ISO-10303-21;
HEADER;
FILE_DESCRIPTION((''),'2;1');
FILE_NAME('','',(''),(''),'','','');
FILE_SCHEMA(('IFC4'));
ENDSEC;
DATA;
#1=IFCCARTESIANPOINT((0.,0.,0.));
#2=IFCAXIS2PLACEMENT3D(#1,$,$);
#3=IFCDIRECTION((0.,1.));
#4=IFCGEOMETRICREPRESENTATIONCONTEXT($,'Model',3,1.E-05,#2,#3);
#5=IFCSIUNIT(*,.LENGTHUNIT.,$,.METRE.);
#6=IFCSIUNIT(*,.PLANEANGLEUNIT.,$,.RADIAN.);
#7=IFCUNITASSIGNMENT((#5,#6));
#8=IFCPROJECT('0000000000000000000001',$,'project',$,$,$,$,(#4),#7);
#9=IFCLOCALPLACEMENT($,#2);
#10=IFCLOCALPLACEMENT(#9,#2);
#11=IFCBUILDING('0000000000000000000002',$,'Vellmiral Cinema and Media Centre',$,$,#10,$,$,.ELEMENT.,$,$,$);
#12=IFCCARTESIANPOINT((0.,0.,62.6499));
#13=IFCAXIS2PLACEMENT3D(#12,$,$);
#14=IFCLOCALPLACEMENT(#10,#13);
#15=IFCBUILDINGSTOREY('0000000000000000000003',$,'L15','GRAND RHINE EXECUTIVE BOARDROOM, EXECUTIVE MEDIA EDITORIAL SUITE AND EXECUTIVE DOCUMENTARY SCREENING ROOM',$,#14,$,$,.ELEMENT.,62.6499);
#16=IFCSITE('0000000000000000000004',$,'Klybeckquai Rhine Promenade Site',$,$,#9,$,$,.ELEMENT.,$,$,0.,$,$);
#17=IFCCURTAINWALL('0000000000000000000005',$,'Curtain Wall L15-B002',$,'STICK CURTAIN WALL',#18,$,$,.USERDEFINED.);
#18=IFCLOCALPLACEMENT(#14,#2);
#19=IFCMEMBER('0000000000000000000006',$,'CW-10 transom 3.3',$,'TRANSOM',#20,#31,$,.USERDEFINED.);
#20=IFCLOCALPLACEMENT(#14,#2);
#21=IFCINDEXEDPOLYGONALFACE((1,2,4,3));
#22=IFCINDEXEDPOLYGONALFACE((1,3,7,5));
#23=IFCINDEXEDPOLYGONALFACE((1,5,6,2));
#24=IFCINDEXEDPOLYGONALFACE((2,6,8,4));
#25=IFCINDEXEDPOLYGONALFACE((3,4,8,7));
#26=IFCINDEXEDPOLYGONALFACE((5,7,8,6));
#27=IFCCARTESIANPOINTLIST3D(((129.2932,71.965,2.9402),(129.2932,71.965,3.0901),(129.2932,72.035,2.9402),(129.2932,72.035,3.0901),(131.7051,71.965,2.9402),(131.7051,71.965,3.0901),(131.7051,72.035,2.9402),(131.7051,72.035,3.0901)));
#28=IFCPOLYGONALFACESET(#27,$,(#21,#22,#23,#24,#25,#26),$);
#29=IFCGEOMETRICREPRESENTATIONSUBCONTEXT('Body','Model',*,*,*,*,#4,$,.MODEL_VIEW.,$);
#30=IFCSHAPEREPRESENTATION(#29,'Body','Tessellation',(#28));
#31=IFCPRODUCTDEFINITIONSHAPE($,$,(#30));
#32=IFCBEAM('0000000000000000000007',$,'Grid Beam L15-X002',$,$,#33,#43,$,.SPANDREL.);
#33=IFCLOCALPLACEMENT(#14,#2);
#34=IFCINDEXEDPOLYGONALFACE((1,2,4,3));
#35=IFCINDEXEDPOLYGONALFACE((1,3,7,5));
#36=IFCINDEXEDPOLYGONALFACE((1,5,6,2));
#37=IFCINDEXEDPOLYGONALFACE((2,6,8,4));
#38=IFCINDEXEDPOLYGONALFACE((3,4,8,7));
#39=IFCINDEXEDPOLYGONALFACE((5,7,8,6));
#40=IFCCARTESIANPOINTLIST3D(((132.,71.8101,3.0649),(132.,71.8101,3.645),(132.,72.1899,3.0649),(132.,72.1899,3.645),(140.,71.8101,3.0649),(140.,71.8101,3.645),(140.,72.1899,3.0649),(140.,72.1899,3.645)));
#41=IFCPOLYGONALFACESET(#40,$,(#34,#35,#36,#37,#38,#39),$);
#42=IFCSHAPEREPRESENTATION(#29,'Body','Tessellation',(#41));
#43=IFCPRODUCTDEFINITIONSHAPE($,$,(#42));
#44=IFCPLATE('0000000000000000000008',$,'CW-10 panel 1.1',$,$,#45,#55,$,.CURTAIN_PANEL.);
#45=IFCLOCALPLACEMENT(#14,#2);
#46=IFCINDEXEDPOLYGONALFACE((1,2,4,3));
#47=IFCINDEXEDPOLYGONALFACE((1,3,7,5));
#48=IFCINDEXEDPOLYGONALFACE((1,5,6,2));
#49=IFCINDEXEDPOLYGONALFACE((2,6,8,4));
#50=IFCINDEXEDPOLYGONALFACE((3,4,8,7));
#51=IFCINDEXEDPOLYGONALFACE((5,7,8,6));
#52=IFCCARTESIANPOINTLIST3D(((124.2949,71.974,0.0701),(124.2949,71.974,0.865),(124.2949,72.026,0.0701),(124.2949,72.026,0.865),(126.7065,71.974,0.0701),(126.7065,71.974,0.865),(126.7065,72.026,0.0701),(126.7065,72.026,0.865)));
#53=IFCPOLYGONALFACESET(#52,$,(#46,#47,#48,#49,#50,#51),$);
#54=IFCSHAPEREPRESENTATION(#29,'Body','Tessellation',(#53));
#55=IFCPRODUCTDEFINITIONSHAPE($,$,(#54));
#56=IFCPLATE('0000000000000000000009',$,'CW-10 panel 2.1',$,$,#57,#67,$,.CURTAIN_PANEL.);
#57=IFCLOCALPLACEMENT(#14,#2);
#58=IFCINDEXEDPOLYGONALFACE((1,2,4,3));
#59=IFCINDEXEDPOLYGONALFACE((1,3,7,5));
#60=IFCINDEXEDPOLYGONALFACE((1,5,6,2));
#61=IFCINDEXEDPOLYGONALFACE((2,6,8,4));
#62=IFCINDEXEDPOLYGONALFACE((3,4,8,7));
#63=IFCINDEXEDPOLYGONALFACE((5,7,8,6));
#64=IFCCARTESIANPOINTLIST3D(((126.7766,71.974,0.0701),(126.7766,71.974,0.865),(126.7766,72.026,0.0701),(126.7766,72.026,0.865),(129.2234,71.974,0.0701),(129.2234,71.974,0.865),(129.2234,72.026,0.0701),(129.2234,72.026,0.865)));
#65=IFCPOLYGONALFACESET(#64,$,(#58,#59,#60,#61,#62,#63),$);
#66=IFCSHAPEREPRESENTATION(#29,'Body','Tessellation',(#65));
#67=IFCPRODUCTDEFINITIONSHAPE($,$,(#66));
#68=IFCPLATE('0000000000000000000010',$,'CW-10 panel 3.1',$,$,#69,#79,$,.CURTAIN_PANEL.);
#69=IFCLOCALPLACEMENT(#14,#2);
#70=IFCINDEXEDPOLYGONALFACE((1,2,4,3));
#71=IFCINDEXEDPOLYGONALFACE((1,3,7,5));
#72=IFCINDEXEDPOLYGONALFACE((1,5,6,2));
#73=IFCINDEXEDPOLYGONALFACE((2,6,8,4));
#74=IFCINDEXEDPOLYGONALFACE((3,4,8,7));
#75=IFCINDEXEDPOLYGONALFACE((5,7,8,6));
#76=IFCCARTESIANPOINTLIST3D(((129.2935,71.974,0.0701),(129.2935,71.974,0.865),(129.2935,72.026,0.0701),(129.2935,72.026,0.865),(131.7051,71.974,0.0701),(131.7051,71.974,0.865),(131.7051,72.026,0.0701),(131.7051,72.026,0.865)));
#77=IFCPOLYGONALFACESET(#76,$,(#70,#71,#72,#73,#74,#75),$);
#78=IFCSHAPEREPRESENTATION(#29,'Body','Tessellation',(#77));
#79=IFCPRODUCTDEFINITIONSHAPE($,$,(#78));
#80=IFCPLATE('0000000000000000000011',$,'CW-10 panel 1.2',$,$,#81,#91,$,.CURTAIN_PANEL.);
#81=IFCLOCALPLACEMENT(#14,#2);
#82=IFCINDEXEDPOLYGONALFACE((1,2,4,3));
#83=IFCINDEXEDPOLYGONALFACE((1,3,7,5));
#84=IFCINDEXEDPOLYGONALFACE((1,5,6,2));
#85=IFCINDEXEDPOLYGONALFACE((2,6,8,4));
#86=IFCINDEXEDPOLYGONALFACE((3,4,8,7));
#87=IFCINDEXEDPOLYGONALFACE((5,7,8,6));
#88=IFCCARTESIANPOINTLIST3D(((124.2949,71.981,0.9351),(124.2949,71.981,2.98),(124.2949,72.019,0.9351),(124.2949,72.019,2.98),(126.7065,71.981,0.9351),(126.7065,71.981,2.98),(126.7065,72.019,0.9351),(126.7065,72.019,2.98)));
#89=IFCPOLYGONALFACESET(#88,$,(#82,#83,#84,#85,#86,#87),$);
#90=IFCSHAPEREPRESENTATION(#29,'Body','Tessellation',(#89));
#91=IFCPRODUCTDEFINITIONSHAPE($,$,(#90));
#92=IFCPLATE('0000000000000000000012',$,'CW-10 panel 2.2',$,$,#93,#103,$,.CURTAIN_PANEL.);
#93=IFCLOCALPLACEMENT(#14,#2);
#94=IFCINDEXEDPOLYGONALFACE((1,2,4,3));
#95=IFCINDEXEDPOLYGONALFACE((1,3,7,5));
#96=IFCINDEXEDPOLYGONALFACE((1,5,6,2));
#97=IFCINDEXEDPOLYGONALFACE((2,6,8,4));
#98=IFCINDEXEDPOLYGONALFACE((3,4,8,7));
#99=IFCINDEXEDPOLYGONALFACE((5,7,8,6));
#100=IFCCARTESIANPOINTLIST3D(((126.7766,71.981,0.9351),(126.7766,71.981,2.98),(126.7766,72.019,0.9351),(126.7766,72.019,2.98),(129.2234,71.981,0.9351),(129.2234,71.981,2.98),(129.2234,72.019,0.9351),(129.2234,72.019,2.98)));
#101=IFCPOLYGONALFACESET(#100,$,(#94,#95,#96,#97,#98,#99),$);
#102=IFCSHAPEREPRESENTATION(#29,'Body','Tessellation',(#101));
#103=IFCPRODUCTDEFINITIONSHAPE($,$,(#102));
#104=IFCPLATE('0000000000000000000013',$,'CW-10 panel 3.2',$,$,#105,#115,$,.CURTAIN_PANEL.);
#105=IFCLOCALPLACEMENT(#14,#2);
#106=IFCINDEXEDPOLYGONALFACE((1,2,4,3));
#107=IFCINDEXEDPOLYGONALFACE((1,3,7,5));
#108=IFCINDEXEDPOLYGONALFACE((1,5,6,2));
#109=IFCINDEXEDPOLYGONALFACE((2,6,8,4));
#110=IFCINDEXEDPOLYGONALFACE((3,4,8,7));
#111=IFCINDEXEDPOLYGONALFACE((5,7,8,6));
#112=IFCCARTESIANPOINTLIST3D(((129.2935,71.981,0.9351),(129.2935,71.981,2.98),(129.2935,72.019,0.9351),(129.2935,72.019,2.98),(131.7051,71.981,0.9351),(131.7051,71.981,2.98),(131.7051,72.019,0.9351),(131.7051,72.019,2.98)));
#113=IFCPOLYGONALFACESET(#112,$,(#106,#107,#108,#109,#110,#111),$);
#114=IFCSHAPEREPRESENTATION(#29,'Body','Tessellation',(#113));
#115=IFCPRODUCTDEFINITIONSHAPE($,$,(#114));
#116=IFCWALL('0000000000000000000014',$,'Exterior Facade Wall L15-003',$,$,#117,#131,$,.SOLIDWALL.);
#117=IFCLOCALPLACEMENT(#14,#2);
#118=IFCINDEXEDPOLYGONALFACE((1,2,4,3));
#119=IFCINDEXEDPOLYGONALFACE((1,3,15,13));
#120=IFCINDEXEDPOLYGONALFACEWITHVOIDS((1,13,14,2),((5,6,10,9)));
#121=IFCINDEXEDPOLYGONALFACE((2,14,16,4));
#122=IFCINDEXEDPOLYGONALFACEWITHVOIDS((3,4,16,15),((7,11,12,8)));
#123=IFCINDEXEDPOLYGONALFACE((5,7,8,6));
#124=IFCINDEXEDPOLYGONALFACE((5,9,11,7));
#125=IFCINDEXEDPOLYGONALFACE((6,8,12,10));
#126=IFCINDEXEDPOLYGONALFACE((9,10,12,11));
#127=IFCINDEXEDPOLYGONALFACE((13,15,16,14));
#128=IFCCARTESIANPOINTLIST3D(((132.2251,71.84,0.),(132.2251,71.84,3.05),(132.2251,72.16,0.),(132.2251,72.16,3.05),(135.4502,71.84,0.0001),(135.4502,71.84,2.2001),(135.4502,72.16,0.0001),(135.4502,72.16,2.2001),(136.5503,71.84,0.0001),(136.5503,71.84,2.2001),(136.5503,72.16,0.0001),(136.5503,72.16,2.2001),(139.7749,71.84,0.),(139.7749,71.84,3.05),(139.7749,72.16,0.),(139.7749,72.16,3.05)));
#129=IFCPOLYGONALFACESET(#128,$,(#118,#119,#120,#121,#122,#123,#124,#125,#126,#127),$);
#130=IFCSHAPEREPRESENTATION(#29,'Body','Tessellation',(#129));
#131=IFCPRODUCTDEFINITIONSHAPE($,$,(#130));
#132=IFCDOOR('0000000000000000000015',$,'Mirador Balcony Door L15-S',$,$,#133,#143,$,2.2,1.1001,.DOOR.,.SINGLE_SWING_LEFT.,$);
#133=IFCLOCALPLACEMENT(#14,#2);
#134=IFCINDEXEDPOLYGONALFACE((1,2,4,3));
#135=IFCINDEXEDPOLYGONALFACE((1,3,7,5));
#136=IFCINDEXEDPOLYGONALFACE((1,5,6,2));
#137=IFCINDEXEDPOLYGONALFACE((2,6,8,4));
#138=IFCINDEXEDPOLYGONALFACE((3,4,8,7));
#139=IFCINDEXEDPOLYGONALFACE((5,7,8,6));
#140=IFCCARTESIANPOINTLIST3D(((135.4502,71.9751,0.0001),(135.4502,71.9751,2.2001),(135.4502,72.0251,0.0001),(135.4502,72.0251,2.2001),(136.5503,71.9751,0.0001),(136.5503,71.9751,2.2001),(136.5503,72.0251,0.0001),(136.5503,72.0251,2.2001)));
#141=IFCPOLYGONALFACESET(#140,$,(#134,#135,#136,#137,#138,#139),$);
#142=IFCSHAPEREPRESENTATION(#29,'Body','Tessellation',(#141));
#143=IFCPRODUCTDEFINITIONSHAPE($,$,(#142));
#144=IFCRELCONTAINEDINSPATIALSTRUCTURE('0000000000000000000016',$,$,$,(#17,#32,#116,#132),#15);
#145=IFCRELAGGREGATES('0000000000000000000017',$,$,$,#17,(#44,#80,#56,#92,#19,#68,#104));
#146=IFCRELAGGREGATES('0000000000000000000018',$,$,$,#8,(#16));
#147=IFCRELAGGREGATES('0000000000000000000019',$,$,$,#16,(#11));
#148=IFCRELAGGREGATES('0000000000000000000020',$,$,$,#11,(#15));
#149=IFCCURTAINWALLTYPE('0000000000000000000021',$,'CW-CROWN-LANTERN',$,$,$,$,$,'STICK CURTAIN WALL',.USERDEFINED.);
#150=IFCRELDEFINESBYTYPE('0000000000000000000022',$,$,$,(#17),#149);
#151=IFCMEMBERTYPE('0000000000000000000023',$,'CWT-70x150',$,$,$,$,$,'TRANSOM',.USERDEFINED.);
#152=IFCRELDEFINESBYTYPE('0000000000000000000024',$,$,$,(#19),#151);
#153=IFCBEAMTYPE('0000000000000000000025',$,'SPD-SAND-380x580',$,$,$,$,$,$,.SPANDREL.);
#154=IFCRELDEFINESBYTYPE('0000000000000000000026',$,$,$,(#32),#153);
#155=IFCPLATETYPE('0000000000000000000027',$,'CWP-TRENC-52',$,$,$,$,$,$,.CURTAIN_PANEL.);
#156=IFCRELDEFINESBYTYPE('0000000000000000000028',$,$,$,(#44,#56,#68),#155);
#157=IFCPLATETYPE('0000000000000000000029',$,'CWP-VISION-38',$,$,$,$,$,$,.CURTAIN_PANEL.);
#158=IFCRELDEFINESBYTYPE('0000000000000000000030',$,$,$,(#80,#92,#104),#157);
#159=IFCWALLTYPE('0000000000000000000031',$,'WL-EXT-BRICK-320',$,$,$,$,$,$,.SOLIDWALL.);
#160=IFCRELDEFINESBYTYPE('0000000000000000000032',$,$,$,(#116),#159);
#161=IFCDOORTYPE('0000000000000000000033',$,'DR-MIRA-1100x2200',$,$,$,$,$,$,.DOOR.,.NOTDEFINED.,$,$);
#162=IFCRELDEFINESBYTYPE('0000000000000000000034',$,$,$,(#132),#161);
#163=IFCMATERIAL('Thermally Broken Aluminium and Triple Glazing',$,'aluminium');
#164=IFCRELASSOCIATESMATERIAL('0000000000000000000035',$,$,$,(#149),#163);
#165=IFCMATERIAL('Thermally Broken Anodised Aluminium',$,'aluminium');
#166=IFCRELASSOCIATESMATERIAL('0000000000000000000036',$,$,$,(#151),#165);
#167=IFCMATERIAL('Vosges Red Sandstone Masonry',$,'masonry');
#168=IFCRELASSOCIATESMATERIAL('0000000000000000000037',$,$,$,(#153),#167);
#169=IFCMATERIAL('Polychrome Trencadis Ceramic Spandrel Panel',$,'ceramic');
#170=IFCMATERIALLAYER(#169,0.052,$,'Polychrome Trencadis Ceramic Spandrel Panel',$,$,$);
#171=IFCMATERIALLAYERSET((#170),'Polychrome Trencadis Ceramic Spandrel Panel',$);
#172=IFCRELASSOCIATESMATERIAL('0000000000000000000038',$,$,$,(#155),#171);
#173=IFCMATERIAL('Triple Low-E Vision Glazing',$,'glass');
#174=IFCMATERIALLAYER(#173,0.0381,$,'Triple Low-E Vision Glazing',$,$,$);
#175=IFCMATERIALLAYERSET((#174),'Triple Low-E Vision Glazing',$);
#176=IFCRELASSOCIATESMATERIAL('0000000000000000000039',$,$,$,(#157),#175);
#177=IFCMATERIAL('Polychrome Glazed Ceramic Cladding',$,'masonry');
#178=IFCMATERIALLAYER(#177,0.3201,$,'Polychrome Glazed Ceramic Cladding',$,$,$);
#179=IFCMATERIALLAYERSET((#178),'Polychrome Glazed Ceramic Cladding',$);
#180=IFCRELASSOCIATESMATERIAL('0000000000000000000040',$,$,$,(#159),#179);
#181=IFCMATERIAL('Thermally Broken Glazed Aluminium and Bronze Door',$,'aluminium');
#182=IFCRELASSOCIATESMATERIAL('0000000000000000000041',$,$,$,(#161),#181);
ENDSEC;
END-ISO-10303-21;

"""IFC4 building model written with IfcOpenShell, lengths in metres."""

from ifc_helpers import new_model, si_unit, direction, frame, frame_2d, origin, origin_2d, place, context, subcontext, project, spatial, rectangle, extrude, material, layer, layer_set, material_profile, profile_set, type_object, element, fill, aggregate, save


model = new_model("IFC4")

# Units and contexts
model_context = context("Model", 3, precision=1e-05, world=origin(), true_north=direction((0.0, 1.0)))
body_context = subcontext(model_context, "Body", "Model", "MODEL_VIEW")
ifc_project = project(units=[si_unit("LENGTHUNIT", "METRE"), si_unit("PLANEANGLEUNIT", "RADIAN")], contexts=[model_context])

# Site, building, storey
site_placement = place(None, origin())
site = spatial("IfcSite", under=ifc_project, at=site_placement, Name="Klybeckquai Rhine Promenade Site", CompositionType="ELEMENT", RefElevation=0.0)
building_placement = place(site_placement, origin())
building = spatial("IfcBuilding", under=site, at=building_placement, Name="Vellmiral Cinema and Media Centre", CompositionType="ELEMENT")
storey_placement = place(building_placement, frame((0.0, 0.0, 62.6499)))
storey = spatial("IfcBuildingStorey", under=building, at=storey_placement, Name="L15", Description="GRAND RHINE EXECUTIVE BOARDROOM, EXECUTIVE MEDIA EDITORIAL SUITE AND EXECUTIVE DOCUMENTARY SCREENING ROOM", CompositionType="ELEMENT", Elevation=62.6499)

# Curtain wall, member
ifc_material_1 = material(Name="Thermally Broken Aluminium and Triple Glazing", Category="aluminium")
curtain_wall_type = type_object("IfcCurtainWallType", Name="CW-CROWN-LANTERN", ElementType="STICK CURTAIN WALL", PredefinedType="USERDEFINED", material=ifc_material_1)
curtain_wall_placement = place(storey_placement, origin())
curtain_wall = element("IfcCurtainWall", 1, at=curtain_wall_placement, inside=storey, type_object=curtain_wall_type, Name="Curtain Wall L15-B002", ObjectType="STICK CURTAIN WALL", PredefinedType="USERDEFINED")
ifc_material_2 = material(Name="Thermally Broken Anodised Aluminium", Category="aluminium")
ifc_material_profile_1 = material_profile(ifc_material_2, rectangle(XDim=0.0701, YDim=0.1499, at=origin_2d()), Name="MULL 70x150")
ifc_profile_set_1 = profile_set([ifc_material_profile_1], Name="Thermally Broken Anodised Aluminium")
member_type_1 = type_object("IfcMemberType", Name="CWT-70x150", ElementType="TRANSOM", PredefinedType="USERDEFINED", material=ifc_profile_set_1)
member_1_placement = place(storey_placement, frame((129.2932, 72.0, 3.0151), z_axis=(1.0, 0.0, 0.0), x_axis=(0.0, 1.0, 0.0)))
member_1 = element("IfcMember", 2, at=member_1_placement, type_object=member_type_1, Name="CW-10 transom 3.3", ObjectType="TRANSOM", PredefinedType="USERDEFINED", context=body_context, shape_type="SweptSolid", body=[
    extrude(rectangle(XDim=0.0701, YDim=0.1499, at=origin_2d()), origin(), (0.0, 0.0, 1.0), 2.4119),
])

# Beam
ifc_material_3 = material(Name="Vosges Red Sandstone Masonry", Category="masonry")
ifc_material_profile_2 = material_profile(ifc_material_3, rectangle(XDim=0.3799, YDim=0.5801, at=origin_2d()), Name="SAND 380x580")
ifc_profile_set_2 = profile_set([ifc_material_profile_2], Name="Vosges Red Sandstone Masonry")
beam_type_1 = type_object("IfcBeamType", Name="SPD-SAND-380x580", PredefinedType="SPANDREL", material=ifc_profile_set_2)
beam_1_placement = place(storey_placement, frame((132.0, 72.0, 3.355), z_axis=(1.0, 0.0, 0.0), x_axis=(0.0, 1.0, 0.0)))
element("IfcBeam", 3, at=beam_1_placement, inside=storey, type_object=beam_type_1, Name="Grid Beam L15-X002", PredefinedType="SPANDREL", context=body_context, shape_type="SweptSolid", body=[
    extrude(rectangle(XDim=0.3799, YDim=0.5801, at=origin_2d()), origin(), (0.0, 0.0, 1.0), 8.0),
])

# Plates
ifc_material_4 = material(Name="Polychrome Trencadis Ceramic Spandrel Panel", Category="ceramic")
ifc_layer_1 = layer(ifc_material_4, 0.052, Name="Polychrome Trencadis Ceramic Spandrel Panel")
ifc_layer_set_1 = layer_set([ifc_layer_1], Name="Polychrome Trencadis Ceramic Spandrel Panel")
plate_type_1 = type_object("IfcPlateType", Name="CWP-TRENC-52", PredefinedType="CURTAIN_PANEL", material=ifc_layer_set_1)
plate_1_placement = place(storey_placement, frame((125.5007, 72.0, 0.0701), z_axis=(0.0, 0.0, 1.0), x_axis=(1.0, 0.0, 0.0)))
plate_1 = element("IfcPlate", 4, at=plate_1_placement, type_object=plate_type_1, Name="CW-10 panel 1.1", PredefinedType="CURTAIN_PANEL", context=body_context, shape_type="SweptSolid", body=[
    extrude(rectangle(XDim=2.4116, YDim=0.052, at=origin_2d()), origin(), (0.0, 0.0, 1.0), 0.7949),
])
plate_2_placement = place(storey_placement, frame((128.0, 72.0, 0.0701), z_axis=(0.0, 0.0, 1.0), x_axis=(1.0, 0.0, 0.0)))
plate_2 = element("IfcPlate", 5, at=plate_2_placement, type_object=plate_type_1, Name="CW-10 panel 2.1", PredefinedType="CURTAIN_PANEL", context=body_context, shape_type="SweptSolid", body=[
    extrude(rectangle(XDim=2.4468, YDim=0.052, at=origin_2d()), origin(), (0.0, 0.0, 1.0), 0.7949),
])
plate_3_placement = place(storey_placement, frame((130.4993, 72.0, 0.0701), z_axis=(0.0, 0.0, 1.0), x_axis=(1.0, 0.0, 0.0)))
plate_3 = element("IfcPlate", 6, at=plate_3_placement, type_object=plate_type_1, Name="CW-10 panel 3.1", PredefinedType="CURTAIN_PANEL", context=body_context, shape_type="SweptSolid", body=[
    extrude(rectangle(XDim=2.4116, YDim=0.052, at=origin_2d()), origin(), (0.0, 0.0, 1.0), 0.7949),
])
ifc_material_5 = material(Name="Triple Low-E Vision Glazing", Category="glass")
ifc_layer_2 = layer(ifc_material_5, 0.0381, Name="Triple Low-E Vision Glazing")
ifc_layer_set_2 = layer_set([ifc_layer_2], Name="Triple Low-E Vision Glazing")
plate_type_2 = type_object("IfcPlateType", Name="CWP-VISION-38", PredefinedType="CURTAIN_PANEL", material=ifc_layer_set_2)
plate_4_placement = place(storey_placement, frame((125.5007, 72.0, 0.9351), z_axis=(0.0, 0.0, 1.0), x_axis=(1.0, 0.0, 0.0)))
plate_4 = element("IfcPlate", 7, at=plate_4_placement, type_object=plate_type_2, Name="CW-10 panel 1.2", PredefinedType="CURTAIN_PANEL", context=body_context, shape_type="SweptSolid", body=[
    extrude(rectangle(XDim=2.4116, YDim=0.0381, at=origin_2d()), origin(), (0.0, 0.0, 1.0), 2.0449),
])
plate_5_placement = place(storey_placement, frame((128.0, 72.0, 0.9351), z_axis=(0.0, 0.0, 1.0), x_axis=(1.0, 0.0, 0.0)))
plate_5 = element("IfcPlate", 8, at=plate_5_placement, type_object=plate_type_2, Name="CW-10 panel 2.2", PredefinedType="CURTAIN_PANEL", context=body_context, shape_type="SweptSolid", body=[
    extrude(rectangle(XDim=2.4468, YDim=0.0381, at=origin_2d()), origin(), (0.0, 0.0, 1.0), 2.0449),
])
plate_6_placement = place(storey_placement, frame((130.4993, 72.0, 0.9351), z_axis=(0.0, 0.0, 1.0), x_axis=(1.0, 0.0, 0.0)))
plate_6 = element("IfcPlate", 9, at=plate_6_placement, type_object=plate_type_2, Name="CW-10 panel 3.2", PredefinedType="CURTAIN_PANEL", context=body_context, shape_type="SweptSolid", body=[
    extrude(rectangle(XDim=2.4116, YDim=0.0381, at=origin_2d()), origin(), (0.0, 0.0, 1.0), 2.0449),
])
aggregate(curtain_wall, [plate_1, plate_4, plate_2, plate_5, member_1, plate_3, plate_6])

# Wall, opening, door
ifc_material_6 = material(Name="Polychrome Glazed Ceramic Cladding", Category="masonry")
ifc_layer_3 = layer(ifc_material_6, 0.3201, Name="Polychrome Glazed Ceramic Cladding")
ifc_layer_set_3 = layer_set([ifc_layer_3], Name="Polychrome Glazed Ceramic Cladding")
wall_type_1 = type_object("IfcWallType", Name="WL-EXT-BRICK-320", PredefinedType="SOLIDWALL", material=ifc_layer_set_3)
wall_1_placement = place(storey_placement, frame((132.2251, 72.0, 0.0), z_axis=(0.0, 0.0, 1.0), x_axis=(1.0, 0.0, 0.0)))
wall_1 = element("IfcWall", 10, at=wall_1_placement, inside=storey, type_object=wall_type_1, Name="Exterior Facade Wall L15-003", PredefinedType="SOLIDWALL", context=body_context, shape_type="SweptSolid", body=[
    extrude(rectangle(XDim=7.5498, YDim=0.3201, at=frame_2d((3.7749, 0.0))), origin(), (0.0, 0.0, 1.0), 3.05),
])
opening_1_placement = place(wall_1_placement, frame((3.2251, 0.0, 0.0)))
opening_1 = element("IfcOpeningElement", 11, at=opening_1_placement, cuts=wall_1, PredefinedType="OPENING", context=body_context, shape_type="SweptSolid", body=[
    extrude(rectangle(XDim=1.1001, YDim=2.2, at=frame_2d((0.55, 1.1001))), frame((0.0, 0.1719, 0.0), z_axis=(0.0, -1.0, 0.0), x_axis=(1.0, 0.0, 0.0)), (0.0, 0.0, 1.0), 0.344),
])
ifc_material_7 = material(Name="Thermally Broken Glazed Aluminium and Bronze Door", Category="aluminium")
door_type_1 = type_object("IfcDoorType", Name="DR-MIRA-1100x2200", OperationType="NOTDEFINED", PredefinedType="DOOR", material=ifc_material_7)
door_1_placement = place(opening_1_placement, frame((1.1001, 0.0, 0.0), z_axis=(0.0, 0.0, 1.0), x_axis=(-1.0, 0.0, 0.0)))
door_1 = element("IfcDoor", 12, at=door_1_placement, inside=storey, type_object=door_type_1, Name="Mirador Balcony Door L15-S", OperationType="SINGLE_SWING_LEFT", OverallHeight=2.2, OverallWidth=1.1001, PredefinedType="DOOR", context=body_context, shape_type="SweptSolid", body=[
    extrude(rectangle(XDim=1.1001, YDim=2.2, at=frame_2d((0.55, 1.1001))), frame((0.0, 0.0249, 0.0), z_axis=(0.0, -1.0, 0.0), x_axis=(1.0, 0.0, 0.0)), (0.0, 0.0, 1.0), 0.05),
])
fill(opening_1, door_1)

save(model, "model.ifc")
